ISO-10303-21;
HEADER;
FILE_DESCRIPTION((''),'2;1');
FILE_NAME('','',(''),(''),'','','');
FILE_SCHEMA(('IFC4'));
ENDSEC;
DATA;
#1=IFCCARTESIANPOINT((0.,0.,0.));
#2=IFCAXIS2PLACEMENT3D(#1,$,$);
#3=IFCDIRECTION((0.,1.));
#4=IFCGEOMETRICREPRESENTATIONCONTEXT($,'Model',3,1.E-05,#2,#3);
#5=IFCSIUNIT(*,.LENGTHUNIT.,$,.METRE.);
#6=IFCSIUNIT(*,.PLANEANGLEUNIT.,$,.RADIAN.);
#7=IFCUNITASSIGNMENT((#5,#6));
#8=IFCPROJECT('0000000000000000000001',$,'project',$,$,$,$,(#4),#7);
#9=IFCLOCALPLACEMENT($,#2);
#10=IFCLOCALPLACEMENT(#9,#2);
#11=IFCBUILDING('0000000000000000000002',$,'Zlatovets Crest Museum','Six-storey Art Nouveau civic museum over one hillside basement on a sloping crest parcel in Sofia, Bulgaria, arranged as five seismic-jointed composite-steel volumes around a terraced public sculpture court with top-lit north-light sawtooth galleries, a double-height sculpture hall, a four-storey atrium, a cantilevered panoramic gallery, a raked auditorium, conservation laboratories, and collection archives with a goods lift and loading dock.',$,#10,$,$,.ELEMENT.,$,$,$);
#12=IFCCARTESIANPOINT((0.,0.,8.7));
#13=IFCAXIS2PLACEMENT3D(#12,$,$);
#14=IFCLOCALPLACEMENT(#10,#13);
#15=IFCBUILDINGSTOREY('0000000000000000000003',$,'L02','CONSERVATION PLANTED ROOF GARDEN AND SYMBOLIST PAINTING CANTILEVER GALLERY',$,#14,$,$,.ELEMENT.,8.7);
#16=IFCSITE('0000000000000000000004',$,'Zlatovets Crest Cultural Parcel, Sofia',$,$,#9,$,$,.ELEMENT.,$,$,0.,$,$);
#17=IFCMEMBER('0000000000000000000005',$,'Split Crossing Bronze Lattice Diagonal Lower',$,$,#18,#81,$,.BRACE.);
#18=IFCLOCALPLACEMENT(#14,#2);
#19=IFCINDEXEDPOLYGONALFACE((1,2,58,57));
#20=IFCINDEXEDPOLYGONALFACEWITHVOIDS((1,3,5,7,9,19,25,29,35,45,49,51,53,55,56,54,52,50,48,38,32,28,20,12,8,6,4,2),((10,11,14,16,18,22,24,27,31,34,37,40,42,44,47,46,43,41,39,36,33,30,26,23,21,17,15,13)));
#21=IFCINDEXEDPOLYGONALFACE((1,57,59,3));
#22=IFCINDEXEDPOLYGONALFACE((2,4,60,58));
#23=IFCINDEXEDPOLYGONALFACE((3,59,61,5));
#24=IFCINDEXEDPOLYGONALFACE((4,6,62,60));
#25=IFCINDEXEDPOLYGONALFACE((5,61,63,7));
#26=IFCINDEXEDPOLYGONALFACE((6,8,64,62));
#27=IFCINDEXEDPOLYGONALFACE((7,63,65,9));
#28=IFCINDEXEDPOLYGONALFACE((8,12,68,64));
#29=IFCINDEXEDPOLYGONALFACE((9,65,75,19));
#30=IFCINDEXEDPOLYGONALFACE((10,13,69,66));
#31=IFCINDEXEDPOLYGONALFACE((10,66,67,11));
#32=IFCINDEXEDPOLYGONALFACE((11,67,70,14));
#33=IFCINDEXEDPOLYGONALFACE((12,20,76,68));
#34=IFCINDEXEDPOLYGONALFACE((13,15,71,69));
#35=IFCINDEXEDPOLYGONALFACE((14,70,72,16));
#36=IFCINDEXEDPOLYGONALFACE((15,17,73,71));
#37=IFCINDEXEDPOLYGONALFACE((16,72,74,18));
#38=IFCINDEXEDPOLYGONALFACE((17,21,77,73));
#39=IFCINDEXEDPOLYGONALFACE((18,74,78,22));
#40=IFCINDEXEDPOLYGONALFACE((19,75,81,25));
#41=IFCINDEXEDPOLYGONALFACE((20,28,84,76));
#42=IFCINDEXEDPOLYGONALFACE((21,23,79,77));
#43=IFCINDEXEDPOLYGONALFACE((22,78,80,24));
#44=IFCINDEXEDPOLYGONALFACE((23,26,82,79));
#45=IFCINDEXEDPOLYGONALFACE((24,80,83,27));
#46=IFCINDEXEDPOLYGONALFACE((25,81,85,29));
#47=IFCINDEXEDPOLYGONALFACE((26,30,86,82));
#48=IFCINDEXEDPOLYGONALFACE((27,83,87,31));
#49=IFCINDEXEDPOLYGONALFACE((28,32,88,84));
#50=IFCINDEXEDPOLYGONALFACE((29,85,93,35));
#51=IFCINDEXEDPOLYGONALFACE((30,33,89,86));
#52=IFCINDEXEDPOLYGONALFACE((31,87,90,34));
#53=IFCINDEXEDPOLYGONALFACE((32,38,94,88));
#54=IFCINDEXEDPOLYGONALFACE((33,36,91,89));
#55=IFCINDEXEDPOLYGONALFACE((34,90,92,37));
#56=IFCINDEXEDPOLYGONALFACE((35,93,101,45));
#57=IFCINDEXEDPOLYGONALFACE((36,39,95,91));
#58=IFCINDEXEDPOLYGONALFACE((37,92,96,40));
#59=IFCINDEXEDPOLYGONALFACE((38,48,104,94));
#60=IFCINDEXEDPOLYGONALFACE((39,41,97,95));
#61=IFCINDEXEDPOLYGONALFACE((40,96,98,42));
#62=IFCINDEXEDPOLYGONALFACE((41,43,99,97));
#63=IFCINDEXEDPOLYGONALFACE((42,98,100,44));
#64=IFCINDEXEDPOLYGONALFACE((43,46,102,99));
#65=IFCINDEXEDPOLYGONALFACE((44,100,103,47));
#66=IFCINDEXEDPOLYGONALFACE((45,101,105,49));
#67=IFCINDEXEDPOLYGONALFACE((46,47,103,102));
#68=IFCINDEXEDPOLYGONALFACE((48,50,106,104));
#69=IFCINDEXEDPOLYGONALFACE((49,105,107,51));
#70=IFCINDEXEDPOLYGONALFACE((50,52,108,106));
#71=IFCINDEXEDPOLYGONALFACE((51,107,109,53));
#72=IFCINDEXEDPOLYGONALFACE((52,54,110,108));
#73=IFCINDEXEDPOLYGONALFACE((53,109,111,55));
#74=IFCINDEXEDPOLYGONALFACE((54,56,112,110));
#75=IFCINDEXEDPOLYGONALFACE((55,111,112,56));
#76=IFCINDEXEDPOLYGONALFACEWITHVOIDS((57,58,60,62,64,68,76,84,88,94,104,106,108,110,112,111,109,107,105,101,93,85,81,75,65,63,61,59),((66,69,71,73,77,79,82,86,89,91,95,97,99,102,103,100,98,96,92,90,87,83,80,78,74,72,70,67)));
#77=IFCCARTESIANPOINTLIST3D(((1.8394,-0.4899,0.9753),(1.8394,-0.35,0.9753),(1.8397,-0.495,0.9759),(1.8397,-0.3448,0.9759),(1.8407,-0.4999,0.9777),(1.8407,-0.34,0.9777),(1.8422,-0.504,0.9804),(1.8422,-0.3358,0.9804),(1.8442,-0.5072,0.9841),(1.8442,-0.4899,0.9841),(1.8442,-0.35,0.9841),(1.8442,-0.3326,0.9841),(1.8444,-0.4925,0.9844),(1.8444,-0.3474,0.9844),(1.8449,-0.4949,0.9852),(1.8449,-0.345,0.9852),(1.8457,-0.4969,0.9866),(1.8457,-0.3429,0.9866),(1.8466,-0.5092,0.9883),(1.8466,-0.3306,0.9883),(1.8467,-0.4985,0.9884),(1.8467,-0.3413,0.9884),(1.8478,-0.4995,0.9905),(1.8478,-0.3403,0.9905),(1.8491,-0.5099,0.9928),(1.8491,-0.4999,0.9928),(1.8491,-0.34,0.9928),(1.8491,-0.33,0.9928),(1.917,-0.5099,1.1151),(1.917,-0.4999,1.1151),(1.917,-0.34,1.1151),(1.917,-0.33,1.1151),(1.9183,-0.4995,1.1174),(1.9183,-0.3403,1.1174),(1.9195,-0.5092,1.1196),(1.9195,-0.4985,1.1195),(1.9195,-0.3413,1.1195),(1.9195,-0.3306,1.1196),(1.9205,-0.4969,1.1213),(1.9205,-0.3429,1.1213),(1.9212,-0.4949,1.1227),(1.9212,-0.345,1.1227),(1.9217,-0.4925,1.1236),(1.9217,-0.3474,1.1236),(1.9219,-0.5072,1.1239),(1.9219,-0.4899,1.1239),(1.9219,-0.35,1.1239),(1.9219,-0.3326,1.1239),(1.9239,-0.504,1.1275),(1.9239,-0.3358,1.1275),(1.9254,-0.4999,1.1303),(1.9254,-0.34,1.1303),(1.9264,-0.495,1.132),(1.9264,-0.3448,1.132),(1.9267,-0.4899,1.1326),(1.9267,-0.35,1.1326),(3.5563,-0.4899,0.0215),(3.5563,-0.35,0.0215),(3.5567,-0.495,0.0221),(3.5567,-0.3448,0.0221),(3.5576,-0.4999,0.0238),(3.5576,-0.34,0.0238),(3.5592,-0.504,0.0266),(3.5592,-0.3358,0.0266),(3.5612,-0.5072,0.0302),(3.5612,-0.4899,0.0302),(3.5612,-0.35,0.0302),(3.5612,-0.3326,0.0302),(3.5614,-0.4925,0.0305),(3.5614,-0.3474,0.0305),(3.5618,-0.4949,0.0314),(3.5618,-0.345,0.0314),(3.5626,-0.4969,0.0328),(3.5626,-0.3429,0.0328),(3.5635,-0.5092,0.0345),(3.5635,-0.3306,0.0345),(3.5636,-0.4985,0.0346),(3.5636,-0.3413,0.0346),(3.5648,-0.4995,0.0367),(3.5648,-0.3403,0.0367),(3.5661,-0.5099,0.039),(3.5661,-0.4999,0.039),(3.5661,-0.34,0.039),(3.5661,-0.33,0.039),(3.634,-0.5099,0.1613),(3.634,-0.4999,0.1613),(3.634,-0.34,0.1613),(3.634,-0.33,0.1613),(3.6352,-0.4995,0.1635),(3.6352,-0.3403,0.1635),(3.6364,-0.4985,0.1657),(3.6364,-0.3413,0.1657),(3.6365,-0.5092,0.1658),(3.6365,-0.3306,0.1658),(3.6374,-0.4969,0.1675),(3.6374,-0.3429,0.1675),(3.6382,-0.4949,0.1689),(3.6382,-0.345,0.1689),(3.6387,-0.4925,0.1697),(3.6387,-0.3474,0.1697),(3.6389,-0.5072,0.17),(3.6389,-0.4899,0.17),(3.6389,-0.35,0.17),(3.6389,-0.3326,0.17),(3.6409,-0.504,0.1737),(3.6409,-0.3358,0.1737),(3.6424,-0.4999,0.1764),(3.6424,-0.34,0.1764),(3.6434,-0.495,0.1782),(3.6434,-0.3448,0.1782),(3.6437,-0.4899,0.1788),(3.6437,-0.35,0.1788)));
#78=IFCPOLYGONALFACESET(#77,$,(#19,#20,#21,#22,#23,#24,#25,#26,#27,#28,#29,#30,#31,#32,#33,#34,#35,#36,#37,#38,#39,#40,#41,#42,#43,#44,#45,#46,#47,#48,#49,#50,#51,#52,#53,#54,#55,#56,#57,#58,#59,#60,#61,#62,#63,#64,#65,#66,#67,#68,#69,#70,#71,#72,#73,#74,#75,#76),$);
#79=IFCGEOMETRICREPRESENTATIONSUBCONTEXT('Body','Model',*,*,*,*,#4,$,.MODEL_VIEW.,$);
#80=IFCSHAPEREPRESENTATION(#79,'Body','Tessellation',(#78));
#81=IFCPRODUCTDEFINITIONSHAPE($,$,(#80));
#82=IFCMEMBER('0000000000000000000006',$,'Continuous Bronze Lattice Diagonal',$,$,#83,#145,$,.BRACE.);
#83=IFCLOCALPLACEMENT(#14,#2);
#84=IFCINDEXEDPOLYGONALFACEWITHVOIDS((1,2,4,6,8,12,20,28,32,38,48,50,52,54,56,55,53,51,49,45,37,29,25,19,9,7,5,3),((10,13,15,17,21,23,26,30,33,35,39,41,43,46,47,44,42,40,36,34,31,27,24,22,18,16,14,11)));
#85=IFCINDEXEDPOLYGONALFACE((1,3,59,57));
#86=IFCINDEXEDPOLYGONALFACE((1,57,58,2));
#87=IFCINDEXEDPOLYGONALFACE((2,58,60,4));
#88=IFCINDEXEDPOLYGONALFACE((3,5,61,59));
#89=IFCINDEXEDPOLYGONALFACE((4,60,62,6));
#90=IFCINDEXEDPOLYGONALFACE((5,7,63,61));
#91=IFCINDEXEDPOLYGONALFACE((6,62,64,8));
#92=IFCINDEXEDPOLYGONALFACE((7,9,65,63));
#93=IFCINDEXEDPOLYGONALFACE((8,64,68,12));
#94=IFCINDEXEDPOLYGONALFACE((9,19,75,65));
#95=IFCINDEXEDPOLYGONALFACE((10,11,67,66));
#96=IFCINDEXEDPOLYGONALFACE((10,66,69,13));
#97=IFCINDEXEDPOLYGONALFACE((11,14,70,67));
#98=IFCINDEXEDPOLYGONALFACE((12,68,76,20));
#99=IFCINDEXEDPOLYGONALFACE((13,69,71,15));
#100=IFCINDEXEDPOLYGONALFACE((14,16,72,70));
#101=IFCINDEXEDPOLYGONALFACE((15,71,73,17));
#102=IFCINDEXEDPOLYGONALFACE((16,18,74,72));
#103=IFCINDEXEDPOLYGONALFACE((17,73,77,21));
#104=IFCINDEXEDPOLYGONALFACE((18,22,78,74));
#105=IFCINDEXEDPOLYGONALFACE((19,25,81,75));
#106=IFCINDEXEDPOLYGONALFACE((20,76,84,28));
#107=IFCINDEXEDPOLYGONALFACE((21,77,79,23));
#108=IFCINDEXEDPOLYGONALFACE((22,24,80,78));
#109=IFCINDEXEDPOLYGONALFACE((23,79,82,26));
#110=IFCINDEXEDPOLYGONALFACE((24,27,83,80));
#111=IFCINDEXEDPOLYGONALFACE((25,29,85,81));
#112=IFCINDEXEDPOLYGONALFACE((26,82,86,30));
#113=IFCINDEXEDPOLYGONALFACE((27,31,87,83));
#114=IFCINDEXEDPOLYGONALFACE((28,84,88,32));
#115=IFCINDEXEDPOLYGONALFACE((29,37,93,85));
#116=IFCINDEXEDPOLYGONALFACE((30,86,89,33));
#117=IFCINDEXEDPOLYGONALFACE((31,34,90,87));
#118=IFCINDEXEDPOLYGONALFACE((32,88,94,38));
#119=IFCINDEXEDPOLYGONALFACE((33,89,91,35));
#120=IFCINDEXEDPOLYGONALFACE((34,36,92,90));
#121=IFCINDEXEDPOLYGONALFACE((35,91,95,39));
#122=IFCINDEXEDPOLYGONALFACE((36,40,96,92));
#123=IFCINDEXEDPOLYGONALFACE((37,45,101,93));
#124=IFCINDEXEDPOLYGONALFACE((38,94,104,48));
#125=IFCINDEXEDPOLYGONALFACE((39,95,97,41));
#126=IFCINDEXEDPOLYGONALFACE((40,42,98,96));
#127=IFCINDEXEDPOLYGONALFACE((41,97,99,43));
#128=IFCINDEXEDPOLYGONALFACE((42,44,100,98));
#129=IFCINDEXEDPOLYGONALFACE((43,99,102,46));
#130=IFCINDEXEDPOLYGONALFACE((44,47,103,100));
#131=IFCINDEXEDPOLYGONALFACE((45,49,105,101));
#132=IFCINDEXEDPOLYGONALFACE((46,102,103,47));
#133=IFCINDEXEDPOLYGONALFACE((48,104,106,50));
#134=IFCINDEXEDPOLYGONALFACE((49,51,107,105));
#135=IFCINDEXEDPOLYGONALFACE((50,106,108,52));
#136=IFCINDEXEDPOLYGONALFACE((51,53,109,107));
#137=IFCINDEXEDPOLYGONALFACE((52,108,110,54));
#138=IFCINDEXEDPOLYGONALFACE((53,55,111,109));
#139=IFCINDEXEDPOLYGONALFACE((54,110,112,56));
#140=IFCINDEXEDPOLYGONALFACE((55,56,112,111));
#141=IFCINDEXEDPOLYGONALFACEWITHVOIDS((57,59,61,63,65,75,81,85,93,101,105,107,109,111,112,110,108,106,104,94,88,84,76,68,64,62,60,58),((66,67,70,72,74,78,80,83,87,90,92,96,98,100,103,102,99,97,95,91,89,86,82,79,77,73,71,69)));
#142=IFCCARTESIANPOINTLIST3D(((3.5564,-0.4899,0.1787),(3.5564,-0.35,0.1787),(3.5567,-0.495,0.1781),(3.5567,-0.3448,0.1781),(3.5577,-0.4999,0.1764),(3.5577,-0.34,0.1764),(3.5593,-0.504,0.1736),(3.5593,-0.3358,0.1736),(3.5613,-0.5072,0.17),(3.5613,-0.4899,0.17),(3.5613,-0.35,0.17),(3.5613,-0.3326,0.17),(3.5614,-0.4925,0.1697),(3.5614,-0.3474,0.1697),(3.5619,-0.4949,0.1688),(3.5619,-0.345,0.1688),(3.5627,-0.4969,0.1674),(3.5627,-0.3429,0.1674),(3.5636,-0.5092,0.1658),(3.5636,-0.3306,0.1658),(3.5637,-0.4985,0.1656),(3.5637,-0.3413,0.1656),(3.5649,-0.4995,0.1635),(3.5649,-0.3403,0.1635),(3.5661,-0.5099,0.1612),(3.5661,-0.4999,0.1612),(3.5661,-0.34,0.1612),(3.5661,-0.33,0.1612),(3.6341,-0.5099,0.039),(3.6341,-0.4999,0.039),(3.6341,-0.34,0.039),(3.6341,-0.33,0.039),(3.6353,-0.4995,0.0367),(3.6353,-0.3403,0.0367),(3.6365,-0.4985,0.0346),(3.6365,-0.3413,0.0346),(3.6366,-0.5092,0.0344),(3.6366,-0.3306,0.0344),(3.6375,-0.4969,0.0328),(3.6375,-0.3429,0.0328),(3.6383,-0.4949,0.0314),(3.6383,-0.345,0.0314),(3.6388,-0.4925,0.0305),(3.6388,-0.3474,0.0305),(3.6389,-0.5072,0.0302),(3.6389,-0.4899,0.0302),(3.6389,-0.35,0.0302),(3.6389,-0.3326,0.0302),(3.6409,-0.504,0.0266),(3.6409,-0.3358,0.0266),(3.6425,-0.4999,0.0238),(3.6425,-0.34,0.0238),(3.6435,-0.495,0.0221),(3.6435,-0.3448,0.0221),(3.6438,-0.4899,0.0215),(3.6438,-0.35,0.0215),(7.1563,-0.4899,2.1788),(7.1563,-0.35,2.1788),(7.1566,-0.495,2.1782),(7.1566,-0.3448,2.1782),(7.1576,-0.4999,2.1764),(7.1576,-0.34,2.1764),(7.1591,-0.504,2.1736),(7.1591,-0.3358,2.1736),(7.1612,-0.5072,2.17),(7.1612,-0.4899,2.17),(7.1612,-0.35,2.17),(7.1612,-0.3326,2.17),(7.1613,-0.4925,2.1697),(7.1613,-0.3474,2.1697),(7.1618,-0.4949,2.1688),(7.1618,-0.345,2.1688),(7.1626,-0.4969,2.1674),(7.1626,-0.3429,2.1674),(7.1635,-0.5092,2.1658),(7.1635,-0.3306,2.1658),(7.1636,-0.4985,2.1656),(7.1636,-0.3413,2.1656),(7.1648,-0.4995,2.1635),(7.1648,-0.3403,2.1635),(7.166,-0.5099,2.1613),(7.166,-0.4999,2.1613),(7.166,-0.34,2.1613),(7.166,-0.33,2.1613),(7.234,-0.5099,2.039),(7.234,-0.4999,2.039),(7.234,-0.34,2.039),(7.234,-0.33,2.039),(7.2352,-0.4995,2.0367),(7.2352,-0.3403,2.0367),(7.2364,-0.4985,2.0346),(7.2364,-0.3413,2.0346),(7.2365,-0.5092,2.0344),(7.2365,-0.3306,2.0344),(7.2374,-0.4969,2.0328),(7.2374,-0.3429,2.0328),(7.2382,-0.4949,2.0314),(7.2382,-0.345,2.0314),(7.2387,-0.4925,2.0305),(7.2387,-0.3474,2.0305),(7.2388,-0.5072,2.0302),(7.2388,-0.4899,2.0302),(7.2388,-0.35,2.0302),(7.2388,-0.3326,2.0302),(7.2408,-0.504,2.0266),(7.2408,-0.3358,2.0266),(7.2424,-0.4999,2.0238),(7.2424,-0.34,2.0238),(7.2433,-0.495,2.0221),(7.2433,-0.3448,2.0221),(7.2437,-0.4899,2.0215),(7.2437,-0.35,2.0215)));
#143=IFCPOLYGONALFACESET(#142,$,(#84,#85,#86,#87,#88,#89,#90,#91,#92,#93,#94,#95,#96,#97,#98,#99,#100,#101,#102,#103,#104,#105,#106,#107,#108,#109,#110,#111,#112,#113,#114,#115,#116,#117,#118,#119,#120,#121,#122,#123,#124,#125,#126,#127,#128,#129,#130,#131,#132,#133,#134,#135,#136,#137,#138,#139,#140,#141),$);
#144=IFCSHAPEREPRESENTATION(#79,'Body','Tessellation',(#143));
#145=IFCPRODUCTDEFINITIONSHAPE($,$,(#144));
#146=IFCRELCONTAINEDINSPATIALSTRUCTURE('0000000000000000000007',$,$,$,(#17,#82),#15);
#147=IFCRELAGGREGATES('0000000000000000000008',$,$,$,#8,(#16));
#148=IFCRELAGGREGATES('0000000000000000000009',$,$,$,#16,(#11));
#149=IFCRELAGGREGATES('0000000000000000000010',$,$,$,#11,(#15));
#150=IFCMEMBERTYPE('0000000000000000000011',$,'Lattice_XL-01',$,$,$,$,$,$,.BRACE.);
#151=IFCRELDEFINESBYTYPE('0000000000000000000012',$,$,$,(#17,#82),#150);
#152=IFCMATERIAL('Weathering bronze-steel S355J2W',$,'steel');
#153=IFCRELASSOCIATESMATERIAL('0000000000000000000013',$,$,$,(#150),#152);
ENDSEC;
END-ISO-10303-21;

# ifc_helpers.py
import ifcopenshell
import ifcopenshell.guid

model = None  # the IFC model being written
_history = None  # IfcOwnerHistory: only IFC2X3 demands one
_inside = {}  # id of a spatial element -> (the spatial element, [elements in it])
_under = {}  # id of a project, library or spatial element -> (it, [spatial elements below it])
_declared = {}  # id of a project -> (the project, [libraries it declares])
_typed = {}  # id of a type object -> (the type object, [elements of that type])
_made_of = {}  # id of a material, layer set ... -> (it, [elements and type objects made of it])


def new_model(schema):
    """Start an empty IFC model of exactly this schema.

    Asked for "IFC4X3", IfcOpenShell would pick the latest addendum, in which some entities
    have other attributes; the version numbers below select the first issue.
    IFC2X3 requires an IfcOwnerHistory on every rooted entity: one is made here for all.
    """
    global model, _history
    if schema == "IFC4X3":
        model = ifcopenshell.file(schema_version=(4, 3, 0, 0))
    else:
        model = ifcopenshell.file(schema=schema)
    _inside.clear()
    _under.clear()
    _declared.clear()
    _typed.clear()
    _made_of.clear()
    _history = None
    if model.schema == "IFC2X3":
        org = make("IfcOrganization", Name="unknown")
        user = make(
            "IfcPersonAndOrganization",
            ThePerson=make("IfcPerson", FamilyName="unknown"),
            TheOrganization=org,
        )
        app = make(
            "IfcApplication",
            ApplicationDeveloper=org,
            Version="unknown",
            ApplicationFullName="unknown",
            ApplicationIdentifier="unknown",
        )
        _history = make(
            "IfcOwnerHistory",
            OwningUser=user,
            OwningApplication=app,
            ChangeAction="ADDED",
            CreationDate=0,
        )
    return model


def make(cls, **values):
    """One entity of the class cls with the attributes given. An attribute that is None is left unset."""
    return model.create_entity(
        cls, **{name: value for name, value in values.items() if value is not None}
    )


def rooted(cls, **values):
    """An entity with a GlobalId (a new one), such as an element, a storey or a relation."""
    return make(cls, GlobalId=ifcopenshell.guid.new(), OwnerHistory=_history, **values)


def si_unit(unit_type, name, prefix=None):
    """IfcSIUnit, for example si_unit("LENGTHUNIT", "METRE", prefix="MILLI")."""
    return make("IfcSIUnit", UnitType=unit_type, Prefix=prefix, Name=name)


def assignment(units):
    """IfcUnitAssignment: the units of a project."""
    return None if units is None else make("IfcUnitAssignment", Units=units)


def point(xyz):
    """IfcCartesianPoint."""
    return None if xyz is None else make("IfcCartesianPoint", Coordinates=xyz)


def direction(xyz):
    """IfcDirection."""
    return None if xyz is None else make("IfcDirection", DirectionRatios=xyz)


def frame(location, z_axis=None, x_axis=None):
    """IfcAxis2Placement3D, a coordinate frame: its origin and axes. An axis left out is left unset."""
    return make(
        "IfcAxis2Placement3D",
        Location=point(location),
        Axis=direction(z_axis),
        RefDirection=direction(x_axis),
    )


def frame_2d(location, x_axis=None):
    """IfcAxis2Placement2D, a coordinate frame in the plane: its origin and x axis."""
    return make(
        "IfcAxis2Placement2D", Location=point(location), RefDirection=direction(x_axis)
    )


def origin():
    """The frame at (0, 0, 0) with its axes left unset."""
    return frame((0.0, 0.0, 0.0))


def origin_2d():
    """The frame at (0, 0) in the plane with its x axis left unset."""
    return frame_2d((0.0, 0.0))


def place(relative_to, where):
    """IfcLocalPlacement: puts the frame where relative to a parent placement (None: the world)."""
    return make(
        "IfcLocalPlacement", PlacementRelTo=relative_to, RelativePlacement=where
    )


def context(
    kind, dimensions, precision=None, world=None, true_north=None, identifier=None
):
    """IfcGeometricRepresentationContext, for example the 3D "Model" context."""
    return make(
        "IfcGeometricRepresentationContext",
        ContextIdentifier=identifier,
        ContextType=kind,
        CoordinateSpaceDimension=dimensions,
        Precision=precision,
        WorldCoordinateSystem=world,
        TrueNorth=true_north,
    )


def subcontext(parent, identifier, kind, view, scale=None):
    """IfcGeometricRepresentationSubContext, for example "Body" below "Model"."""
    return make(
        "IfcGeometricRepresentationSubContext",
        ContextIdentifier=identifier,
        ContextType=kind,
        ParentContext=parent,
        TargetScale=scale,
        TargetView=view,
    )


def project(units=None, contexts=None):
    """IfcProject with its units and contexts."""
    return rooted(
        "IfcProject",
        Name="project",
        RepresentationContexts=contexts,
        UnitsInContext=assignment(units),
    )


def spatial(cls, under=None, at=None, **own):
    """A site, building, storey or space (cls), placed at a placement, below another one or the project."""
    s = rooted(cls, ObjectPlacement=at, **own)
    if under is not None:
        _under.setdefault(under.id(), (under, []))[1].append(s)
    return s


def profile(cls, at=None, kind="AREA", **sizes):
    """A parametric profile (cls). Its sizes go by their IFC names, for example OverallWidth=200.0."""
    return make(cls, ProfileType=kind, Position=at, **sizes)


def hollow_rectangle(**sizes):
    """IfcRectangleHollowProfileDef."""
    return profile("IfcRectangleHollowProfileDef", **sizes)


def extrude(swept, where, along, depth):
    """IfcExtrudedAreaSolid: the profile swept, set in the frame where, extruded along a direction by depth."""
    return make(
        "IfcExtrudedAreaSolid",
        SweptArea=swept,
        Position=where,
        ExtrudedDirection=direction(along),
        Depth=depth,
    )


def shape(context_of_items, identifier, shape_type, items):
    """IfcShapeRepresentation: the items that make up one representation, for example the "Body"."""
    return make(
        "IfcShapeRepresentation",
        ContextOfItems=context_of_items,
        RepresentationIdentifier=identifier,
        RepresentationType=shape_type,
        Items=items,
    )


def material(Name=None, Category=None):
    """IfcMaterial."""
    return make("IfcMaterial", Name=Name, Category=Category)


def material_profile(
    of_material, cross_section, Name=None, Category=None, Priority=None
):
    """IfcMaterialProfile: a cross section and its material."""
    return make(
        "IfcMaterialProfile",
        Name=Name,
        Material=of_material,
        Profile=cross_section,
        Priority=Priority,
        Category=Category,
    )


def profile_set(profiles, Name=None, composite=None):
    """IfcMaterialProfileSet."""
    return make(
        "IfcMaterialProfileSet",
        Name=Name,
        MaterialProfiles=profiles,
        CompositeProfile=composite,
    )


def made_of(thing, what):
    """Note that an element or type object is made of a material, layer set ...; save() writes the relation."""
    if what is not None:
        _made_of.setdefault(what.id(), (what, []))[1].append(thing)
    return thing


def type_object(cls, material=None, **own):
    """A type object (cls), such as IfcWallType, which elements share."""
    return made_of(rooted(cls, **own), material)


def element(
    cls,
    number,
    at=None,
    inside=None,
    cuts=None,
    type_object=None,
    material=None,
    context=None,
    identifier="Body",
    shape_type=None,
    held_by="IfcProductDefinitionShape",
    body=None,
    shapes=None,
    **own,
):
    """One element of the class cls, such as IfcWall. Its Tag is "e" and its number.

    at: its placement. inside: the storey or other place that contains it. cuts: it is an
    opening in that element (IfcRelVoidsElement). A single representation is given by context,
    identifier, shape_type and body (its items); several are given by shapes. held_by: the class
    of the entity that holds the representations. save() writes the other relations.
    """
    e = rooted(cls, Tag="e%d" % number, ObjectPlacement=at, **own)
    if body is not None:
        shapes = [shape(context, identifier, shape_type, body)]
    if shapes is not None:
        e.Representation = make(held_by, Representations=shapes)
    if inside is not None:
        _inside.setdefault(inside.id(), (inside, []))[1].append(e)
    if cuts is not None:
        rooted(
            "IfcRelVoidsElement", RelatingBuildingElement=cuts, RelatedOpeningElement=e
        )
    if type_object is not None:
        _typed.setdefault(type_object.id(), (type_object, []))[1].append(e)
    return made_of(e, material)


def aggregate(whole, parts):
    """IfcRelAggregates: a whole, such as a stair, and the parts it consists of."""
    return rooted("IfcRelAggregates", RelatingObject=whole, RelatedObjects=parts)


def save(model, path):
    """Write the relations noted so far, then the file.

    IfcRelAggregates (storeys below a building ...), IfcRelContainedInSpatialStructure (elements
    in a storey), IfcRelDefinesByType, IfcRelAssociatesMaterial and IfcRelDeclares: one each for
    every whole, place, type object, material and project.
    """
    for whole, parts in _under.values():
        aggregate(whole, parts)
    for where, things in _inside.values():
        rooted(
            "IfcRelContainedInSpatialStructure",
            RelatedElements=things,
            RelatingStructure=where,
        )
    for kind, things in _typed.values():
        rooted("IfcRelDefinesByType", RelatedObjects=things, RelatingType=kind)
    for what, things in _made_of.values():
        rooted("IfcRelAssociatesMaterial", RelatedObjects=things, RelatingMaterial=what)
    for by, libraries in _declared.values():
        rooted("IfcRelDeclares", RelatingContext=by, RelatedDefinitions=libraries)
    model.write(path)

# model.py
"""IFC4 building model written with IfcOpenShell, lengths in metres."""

from ifc_helpers import new_model, si_unit, direction, frame, origin, origin_2d, place, context, subcontext, project, spatial, hollow_rectangle, extrude, material, material_profile, profile_set, type_object, element, save


model = new_model("IFC4")

# Units and contexts
model_context = context("Model", 3, precision=1e-05, world=origin(), true_north=direction((0.0, 1.0)))
body_context = subcontext(model_context, "Body", "Model", "MODEL_VIEW")
ifc_project = project(units=[si_unit("LENGTHUNIT", "METRE"), si_unit("PLANEANGLEUNIT", "RADIAN")], contexts=[model_context])

# Site, building, storey
site_placement = place(None, origin())
site = spatial("IfcSite", under=ifc_project, at=site_placement, Name="Zlatovets Crest Cultural Parcel, Sofia", CompositionType="ELEMENT", RefElevation=0.0)
building_placement = place(site_placement, origin())
building = spatial("IfcBuilding", under=site, at=building_placement, Name="Zlatovets Crest Museum", Description="Six-storey Art Nouveau civic museum over one hillside basement on a sloping crest parcel in Sofia, Bulgaria, arranged as five seismic-jointed composite-steel volumes around a terraced public sculpture court with top-lit north-light sawtooth galleries, a double-height sculpture hall, a four-storey atrium, a cantilevered panoramic gallery, a raked auditorium, conservation laboratories, and collection archives with a goods lift and loading dock.", CompositionType="ELEMENT")
storey_placement = place(building_placement, frame((0.0, 0.0, 8.7)))
storey = spatial("IfcBuildingStorey", under=building, at=storey_placement, Name="L02", Description="CONSERVATION PLANTED ROOF GARDEN AND SYMBOLIST PAINTING CANTILEVER GALLERY", CompositionType="ELEMENT", Elevation=8.7)

# Members
ifc_material_1 = material(Name="Weathering bronze-steel S355J2W", Category="steel")
ifc_material_profile_1 = material_profile(ifc_material_1, hollow_rectangle(XDim=0.1799, YDim=0.1799, WallThickness=0.01, InnerFilletRadius=0.01, OuterFilletRadius=0.02, at=origin_2d()), Name="SHS 180x180x10.0")
ifc_profile_set_1 = profile_set([ifc_material_profile_1], Name="Weathering bronze-steel S355J2W")
member_type_1 = type_object("IfcMemberType", Name="Lattice_XL-01", PredefinedType="BRACE", material=ifc_profile_set_1)
member_1_placement = place(storey_placement, frame((1.8831, -0.4199, 1.054), z_axis=(0.874169, 0.0, -0.485622), x_axis=(0.0, 1.0, 0.0)))
element("IfcMember", 1, at=member_1_placement, inside=storey, type_object=member_type_1, Name="Split Crossing Bronze Lattice Diagonal Lower", PredefinedType="BRACE", context=body_context, shape_type="SweptSolid", body=[
    extrude(hollow_rectangle(XDim=0.1799, YDim=0.1799, WallThickness=0.01, InnerFilletRadius=0.01, OuterFilletRadius=0.02, at=origin_2d()), origin(), (0.0, 0.0, 1.0), 1.9641),
])
member_2_placement = place(storey_placement, frame((3.6001, -0.4199, 0.1001), z_axis=(0.874149, 0.0, 0.485658), x_axis=(0.0, 1.0, 0.0)))
element("IfcMember", 2, at=member_2_placement, inside=storey, type_object=member_type_1, Name="Continuous Bronze Lattice Diagonal", PredefinedType="BRACE", context=body_context, shape_type="SweptSolid", body=[
    extrude(hollow_rectangle(XDim=0.1799, YDim=0.1799, WallThickness=0.01, InnerFilletRadius=0.01, OuterFilletRadius=0.02, at=origin_2d()), origin(), (0.0, 0.0, 1.0), 4.1182),
])

save(model, "model.ifc")
